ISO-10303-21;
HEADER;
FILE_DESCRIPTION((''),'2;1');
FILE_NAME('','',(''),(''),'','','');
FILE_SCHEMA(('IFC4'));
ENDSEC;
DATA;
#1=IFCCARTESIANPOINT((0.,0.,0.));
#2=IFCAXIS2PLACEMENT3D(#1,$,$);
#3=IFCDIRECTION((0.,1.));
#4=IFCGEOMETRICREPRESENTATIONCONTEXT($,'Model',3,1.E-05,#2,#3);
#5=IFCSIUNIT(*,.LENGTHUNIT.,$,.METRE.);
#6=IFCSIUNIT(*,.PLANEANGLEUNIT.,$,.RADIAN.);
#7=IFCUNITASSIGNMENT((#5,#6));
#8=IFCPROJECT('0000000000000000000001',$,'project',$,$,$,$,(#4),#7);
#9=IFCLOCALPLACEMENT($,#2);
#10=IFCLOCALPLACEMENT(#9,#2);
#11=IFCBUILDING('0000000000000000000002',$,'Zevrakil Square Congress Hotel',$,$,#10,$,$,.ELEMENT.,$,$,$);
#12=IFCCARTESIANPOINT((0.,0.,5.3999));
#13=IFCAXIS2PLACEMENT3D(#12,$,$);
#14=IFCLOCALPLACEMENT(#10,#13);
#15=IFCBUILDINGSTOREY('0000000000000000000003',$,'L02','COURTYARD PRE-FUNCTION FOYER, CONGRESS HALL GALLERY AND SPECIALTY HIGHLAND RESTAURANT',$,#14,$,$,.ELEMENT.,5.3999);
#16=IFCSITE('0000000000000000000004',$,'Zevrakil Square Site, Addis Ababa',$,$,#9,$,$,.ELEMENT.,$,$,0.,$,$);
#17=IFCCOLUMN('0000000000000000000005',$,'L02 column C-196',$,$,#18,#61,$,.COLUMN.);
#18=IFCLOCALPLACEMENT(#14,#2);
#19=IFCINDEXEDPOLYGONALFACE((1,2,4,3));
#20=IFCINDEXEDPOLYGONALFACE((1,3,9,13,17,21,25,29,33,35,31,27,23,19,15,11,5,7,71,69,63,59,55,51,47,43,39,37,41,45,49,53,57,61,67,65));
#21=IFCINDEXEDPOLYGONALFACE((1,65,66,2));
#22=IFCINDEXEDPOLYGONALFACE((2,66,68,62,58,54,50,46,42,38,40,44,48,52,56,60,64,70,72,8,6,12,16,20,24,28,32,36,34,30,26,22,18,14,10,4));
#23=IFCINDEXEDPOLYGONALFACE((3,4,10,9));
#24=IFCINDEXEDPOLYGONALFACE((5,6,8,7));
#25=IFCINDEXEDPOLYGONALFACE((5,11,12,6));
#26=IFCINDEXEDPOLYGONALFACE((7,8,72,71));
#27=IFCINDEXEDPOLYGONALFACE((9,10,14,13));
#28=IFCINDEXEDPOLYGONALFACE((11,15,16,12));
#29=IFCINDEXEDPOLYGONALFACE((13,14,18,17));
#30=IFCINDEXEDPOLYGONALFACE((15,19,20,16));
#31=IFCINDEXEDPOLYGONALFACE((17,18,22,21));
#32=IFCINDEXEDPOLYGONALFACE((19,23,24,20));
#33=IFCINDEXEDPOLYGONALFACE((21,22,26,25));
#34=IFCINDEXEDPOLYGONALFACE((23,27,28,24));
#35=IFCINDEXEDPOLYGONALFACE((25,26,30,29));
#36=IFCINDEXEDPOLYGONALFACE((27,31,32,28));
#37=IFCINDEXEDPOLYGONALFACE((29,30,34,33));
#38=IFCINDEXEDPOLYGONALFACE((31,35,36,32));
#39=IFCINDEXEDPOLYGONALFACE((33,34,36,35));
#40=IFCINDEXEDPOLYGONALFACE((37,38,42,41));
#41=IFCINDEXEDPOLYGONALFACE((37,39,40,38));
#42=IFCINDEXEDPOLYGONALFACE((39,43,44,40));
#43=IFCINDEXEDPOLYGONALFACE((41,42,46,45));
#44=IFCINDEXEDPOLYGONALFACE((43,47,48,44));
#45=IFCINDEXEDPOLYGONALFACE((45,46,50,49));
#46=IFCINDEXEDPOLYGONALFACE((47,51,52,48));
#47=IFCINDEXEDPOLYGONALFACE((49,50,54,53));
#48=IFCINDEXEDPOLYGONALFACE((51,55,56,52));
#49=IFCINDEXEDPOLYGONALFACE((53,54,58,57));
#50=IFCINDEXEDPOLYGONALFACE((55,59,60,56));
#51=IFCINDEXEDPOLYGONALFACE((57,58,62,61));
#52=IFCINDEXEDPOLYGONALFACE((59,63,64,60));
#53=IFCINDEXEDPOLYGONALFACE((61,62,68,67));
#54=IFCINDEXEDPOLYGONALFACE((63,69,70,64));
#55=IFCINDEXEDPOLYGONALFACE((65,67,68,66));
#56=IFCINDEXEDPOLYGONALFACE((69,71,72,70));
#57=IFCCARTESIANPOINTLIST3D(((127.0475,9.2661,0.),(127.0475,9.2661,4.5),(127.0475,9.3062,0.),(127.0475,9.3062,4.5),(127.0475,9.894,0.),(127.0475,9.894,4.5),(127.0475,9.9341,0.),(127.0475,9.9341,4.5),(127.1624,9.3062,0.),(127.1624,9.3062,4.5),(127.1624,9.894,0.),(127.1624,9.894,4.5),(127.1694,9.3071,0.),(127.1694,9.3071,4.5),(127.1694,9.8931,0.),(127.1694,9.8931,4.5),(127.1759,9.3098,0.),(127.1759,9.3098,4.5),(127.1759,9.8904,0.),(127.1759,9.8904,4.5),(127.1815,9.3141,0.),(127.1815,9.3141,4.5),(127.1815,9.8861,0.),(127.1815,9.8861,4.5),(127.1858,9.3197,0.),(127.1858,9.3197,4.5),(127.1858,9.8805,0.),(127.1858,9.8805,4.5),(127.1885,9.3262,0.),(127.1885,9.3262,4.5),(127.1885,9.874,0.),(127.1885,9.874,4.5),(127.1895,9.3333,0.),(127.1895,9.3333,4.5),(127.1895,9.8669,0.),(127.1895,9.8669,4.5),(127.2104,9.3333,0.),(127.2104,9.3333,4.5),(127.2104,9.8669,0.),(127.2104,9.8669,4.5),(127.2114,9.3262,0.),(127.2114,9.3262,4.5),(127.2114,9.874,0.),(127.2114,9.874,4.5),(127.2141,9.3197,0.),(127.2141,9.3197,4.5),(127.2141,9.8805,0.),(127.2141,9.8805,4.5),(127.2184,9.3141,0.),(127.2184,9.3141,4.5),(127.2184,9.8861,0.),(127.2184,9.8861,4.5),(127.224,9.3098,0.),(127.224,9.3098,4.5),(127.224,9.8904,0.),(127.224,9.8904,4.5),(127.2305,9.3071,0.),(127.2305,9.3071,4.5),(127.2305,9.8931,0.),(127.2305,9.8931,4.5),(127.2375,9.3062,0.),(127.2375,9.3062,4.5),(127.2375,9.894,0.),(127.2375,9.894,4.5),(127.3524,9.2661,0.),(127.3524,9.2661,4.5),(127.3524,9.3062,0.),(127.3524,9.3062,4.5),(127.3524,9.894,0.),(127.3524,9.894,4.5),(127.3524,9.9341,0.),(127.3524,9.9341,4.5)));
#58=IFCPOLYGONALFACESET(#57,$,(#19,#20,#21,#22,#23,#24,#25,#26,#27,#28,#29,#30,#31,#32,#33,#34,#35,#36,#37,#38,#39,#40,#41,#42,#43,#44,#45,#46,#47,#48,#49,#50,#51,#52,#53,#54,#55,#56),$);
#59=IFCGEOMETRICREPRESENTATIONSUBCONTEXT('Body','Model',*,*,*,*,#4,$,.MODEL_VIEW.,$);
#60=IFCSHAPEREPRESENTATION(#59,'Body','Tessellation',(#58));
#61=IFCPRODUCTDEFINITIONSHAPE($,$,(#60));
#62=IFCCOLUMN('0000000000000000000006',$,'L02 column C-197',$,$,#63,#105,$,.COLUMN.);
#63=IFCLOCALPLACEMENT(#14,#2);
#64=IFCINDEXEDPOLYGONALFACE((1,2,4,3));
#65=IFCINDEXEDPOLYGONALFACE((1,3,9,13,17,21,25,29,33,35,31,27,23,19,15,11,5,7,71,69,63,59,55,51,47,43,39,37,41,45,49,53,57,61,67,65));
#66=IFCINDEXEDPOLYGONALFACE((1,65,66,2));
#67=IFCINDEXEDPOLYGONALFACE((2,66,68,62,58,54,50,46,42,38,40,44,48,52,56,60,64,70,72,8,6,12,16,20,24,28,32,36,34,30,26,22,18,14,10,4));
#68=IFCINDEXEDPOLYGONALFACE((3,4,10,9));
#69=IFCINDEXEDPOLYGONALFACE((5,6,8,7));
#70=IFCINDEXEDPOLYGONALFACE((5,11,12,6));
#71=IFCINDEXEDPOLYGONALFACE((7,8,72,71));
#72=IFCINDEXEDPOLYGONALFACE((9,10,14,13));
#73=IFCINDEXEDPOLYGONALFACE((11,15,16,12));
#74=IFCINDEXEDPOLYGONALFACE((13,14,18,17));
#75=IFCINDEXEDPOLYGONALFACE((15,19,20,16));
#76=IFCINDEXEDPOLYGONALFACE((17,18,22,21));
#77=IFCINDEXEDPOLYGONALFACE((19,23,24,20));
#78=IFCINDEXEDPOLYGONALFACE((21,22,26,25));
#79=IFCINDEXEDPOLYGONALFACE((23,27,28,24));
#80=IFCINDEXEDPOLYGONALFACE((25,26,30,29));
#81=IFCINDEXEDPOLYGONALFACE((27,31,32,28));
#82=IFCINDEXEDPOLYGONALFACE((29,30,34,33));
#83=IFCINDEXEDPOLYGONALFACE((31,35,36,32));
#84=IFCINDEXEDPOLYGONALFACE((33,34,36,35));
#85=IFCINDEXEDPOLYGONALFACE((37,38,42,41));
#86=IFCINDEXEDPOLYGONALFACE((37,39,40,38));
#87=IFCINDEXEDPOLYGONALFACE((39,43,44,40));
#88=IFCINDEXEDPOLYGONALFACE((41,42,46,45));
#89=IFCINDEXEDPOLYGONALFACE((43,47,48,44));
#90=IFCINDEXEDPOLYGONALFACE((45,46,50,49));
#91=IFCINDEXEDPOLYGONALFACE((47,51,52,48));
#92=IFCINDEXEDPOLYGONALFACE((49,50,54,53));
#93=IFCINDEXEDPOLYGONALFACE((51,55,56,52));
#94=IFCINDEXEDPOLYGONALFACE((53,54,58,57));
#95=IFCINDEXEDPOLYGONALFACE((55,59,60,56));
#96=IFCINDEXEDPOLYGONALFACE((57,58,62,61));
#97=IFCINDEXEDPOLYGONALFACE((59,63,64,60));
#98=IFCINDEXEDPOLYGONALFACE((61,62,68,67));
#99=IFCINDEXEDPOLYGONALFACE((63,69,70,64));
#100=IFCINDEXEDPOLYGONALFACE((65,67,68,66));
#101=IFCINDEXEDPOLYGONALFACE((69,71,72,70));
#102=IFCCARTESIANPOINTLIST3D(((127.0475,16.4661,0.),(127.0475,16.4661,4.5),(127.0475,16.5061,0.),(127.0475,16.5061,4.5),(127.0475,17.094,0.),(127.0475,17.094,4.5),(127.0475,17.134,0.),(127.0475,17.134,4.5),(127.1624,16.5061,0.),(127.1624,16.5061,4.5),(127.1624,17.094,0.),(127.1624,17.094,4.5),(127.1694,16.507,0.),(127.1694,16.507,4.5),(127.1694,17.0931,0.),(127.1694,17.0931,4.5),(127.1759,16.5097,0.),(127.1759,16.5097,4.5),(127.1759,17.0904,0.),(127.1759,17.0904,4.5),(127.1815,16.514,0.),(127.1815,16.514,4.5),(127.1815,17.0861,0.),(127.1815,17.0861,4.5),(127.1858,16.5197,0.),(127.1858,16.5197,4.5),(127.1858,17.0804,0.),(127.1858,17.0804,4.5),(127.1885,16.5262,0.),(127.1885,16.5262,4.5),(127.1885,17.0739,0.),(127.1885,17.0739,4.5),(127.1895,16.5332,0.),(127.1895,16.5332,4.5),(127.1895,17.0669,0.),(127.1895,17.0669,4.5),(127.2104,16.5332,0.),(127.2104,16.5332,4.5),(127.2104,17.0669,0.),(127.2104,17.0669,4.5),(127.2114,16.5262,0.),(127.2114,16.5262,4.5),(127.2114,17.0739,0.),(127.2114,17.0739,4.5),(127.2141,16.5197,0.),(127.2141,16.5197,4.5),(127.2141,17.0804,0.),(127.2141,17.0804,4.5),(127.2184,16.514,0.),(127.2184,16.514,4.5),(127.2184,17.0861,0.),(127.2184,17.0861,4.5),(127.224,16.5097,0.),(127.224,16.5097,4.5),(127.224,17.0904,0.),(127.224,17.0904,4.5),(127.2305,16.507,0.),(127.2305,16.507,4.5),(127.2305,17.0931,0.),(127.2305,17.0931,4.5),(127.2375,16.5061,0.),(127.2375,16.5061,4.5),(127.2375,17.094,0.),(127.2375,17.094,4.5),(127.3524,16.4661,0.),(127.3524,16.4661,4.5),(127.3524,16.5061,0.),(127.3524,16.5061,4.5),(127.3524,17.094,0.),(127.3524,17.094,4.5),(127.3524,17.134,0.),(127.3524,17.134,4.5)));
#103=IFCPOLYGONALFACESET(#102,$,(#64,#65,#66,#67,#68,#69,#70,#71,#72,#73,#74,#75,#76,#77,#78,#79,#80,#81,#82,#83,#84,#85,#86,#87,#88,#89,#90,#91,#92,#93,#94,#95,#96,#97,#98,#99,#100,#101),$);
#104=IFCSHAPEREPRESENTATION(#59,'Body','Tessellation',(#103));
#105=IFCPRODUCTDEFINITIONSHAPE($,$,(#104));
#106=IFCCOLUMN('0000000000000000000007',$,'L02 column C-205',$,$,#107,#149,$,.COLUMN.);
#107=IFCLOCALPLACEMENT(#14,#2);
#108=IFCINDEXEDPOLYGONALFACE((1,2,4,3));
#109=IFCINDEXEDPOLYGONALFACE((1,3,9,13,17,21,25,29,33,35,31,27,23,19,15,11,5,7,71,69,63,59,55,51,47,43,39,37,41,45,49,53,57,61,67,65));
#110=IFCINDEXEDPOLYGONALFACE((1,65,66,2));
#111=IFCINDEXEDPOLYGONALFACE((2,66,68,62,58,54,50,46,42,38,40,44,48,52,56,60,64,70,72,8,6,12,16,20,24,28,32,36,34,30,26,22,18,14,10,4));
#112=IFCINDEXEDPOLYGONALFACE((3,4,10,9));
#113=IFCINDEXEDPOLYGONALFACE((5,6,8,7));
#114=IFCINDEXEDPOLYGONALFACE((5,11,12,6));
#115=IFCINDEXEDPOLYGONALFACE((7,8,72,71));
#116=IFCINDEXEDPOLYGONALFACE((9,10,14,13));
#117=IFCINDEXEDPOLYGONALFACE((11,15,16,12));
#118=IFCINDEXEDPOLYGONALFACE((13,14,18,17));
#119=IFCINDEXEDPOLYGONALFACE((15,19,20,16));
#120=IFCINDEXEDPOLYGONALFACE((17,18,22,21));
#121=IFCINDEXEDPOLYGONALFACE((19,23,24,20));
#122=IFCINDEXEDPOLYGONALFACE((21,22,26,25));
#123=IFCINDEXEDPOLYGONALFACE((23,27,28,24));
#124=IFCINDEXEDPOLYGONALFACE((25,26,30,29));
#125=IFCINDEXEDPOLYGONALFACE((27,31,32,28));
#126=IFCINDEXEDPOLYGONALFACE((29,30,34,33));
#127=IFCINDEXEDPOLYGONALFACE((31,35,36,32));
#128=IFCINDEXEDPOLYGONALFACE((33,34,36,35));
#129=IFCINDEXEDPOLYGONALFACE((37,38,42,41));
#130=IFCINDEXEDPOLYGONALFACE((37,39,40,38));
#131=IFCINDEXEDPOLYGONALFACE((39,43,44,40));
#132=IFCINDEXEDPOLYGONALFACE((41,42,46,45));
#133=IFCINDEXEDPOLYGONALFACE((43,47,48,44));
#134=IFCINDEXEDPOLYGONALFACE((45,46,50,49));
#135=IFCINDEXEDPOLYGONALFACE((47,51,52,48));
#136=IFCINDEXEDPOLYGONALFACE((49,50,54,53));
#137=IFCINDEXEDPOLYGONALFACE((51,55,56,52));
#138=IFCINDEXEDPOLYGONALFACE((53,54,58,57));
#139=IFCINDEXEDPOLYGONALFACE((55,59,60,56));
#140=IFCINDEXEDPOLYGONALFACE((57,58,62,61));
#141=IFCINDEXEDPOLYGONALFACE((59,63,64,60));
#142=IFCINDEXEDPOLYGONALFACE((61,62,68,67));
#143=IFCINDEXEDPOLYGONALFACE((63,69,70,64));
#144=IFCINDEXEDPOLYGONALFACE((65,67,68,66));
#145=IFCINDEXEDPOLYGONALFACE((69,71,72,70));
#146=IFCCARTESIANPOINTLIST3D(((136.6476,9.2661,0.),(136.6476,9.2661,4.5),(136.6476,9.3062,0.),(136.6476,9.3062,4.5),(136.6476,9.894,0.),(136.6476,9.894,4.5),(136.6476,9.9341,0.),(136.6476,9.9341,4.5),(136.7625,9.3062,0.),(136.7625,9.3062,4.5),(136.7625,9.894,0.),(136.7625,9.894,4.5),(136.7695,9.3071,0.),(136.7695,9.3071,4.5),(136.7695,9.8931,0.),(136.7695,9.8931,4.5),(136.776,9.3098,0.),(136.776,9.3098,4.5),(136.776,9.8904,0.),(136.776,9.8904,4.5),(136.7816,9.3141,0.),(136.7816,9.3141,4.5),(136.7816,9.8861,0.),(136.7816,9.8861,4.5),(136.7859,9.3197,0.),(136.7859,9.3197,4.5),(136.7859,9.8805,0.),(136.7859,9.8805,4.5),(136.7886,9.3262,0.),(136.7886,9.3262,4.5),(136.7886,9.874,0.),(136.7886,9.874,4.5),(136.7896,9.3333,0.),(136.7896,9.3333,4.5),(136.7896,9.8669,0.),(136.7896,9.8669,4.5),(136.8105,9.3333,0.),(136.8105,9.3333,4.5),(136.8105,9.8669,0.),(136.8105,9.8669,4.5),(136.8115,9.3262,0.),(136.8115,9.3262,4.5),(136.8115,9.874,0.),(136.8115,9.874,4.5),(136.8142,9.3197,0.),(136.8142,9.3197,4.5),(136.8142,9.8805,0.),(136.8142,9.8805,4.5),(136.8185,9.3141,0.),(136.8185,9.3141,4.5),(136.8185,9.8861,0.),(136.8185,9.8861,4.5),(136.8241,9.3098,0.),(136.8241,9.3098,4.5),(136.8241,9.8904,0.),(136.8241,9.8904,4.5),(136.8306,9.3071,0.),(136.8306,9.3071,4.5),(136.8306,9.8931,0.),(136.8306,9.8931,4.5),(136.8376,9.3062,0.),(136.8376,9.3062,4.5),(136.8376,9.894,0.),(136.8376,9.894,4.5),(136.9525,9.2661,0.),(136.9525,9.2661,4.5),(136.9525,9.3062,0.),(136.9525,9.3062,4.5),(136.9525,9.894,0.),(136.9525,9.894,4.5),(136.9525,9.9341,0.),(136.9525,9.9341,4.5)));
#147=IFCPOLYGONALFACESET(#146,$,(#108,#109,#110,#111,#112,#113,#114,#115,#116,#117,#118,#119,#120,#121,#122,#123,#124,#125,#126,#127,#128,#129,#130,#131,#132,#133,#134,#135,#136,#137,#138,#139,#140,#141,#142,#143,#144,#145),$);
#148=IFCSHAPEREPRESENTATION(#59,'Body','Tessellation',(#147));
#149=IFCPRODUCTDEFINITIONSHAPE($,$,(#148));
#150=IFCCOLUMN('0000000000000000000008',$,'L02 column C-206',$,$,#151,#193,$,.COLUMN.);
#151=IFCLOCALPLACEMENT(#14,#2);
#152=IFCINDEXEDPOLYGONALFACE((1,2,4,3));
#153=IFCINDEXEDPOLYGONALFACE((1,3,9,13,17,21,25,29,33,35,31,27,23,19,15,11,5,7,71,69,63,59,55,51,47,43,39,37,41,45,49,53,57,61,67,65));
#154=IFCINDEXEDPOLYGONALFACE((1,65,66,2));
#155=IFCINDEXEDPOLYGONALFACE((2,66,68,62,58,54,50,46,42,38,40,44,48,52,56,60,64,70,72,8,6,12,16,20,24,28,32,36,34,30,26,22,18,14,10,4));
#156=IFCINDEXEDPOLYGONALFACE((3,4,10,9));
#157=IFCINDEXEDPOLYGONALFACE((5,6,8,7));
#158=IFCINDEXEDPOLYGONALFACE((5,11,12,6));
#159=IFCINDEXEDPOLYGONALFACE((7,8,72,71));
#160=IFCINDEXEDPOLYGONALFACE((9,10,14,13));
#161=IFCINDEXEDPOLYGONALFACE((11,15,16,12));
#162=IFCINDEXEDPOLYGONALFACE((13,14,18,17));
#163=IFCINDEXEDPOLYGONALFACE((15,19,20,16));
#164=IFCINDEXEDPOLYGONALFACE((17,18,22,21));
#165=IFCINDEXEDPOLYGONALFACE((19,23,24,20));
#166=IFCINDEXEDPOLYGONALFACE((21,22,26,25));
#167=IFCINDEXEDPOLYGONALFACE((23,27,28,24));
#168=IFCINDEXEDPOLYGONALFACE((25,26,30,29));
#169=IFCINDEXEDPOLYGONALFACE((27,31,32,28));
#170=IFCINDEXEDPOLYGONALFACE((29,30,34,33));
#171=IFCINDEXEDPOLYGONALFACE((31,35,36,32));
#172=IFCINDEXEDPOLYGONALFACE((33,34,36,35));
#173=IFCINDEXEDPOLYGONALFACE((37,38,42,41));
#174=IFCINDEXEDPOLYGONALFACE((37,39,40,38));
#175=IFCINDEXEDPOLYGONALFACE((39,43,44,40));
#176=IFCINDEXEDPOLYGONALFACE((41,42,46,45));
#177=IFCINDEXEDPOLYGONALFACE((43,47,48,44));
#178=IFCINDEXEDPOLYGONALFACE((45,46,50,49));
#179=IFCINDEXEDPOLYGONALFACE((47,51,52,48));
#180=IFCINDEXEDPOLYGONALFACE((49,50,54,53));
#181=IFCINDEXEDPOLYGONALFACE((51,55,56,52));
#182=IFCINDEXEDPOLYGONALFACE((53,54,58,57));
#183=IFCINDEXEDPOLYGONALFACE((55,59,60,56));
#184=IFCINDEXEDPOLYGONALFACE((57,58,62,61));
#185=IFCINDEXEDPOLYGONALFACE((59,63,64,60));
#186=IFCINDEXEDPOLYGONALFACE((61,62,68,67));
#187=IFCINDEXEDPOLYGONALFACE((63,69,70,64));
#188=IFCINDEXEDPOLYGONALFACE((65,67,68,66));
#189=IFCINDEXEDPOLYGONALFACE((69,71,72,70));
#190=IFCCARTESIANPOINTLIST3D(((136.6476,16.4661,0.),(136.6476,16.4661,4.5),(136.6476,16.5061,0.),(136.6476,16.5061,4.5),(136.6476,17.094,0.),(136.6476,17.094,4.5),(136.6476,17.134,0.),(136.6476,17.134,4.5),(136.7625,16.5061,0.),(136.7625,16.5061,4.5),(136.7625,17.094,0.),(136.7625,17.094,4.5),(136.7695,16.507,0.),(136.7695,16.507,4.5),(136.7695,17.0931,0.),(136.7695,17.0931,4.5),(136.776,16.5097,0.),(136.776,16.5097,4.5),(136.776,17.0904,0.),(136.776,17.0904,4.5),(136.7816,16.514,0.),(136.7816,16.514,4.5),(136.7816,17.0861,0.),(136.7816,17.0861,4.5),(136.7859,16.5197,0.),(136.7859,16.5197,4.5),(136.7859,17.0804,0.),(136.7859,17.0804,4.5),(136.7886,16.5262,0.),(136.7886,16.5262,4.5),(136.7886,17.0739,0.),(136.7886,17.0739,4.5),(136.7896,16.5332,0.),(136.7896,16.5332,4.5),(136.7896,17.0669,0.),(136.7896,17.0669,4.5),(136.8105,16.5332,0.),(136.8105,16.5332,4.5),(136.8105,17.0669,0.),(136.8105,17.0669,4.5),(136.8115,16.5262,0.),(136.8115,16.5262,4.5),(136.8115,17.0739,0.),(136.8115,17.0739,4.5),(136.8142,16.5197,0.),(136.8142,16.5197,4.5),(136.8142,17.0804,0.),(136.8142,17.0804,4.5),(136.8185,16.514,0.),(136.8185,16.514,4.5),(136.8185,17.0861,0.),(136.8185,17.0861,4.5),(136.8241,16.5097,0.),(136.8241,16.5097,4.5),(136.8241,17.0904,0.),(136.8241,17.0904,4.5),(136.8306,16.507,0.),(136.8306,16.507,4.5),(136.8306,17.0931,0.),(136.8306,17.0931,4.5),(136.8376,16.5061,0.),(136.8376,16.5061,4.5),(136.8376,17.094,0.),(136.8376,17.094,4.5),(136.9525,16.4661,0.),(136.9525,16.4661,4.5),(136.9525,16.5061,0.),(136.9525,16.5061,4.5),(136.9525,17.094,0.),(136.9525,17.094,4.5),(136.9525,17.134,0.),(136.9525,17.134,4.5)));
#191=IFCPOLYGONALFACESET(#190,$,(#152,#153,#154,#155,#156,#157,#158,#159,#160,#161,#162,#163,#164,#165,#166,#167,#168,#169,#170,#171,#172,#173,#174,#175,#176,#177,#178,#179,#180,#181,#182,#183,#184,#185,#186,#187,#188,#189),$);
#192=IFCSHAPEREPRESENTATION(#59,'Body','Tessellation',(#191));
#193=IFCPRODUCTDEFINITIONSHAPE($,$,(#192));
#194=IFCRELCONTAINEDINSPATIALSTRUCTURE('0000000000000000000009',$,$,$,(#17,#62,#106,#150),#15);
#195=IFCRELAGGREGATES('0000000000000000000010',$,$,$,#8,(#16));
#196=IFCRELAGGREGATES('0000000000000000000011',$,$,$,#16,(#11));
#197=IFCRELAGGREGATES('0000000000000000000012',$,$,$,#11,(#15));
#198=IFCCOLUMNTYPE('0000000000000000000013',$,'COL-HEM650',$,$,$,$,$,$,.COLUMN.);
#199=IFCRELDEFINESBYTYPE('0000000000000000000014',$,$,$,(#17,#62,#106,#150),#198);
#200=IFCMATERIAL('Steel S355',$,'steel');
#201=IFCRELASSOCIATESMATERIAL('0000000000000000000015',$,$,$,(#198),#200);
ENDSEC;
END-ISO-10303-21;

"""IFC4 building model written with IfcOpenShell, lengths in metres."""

from ifc_helpers import new_model, si_unit, direction, frame, origin, origin_2d, place, context, subcontext, project, spatial, i_section, extrude, material, material_profile, profile_set, type_object, element, save


model = new_model("IFC4")

# Units and contexts
model_context = context("Model", 3, precision=1e-05, world=origin(), true_north=direction((0.0, 1.0)))
body_context = subcontext(model_context, "Body", "Model", "MODEL_VIEW")
ifc_project = project(units=[si_unit("LENGTHUNIT", "METRE"), si_unit("PLANEANGLEUNIT", "RADIAN")], contexts=[model_context])

# Site, building, storey
site_placement = place(None, origin())
site = spatial("IfcSite", under=ifc_project, at=site_placement, Name="Zevrakil Square Site, Addis Ababa", CompositionType="ELEMENT", RefElevation=0.0)
building_placement = place(site_placement, origin())
building = spatial("IfcBuilding", under=site, at=building_placement, Name="Zevrakil Square Congress Hotel", CompositionType="ELEMENT")
storey_placement = place(building_placement, frame((0.0, 0.0, 5.3999)))
storey = spatial("IfcBuildingStorey", under=building, at=storey_placement, Name="L02", Description="COURTYARD PRE-FUNCTION FOYER, CONGRESS HALL GALLERY AND SPECIALTY HIGHLAND RESTAURANT", CompositionType="ELEMENT", Elevation=5.3999)

# Columns
ifc_material_1 = material(Name="Steel S355", Category="steel")
ifc_material_profile_1 = material_profile(ifc_material_1, i_section(OverallWidth=0.3049, OverallDepth=0.668, WebThickness=0.021, FlangeThickness=0.04, FilletRadius=0.0271, at=origin_2d()), Name="HEM 650")
ifc_profile_set_1 = profile_set([ifc_material_profile_1], Name="Steel S355")
column_type = type_object("IfcColumnType", Name="COL-HEM650", PredefinedType="COLUMN", material=ifc_profile_set_1)
for number, where, z_axis, x_axis, name in (
    (1, (127.2, 9.6001, 0.0), (0.0, 0.0, 1.0), (1.0, 0.0, 0.0), "L02 column C-196"),
    (2, (127.2, 16.8, 0.0), (0.0, 0.0, 1.0), (1.0, 0.0, 0.0), "L02 column C-197"),
    (3, (136.8, 9.6001, 0.0), (0.0, 0.0, 1.0), (1.0, 0.0, 0.0), "L02 column C-205"),
    (4, (136.8, 16.8, 0.0), (0.0, 0.0, 1.0), (1.0, 0.0, 0.0), "L02 column C-206"),
):
    element("IfcColumn", number, at=place(storey_placement, frame(where, z_axis=z_axis, x_axis=x_axis)), inside=storey, type_object=column_type, Name=name, PredefinedType="COLUMN", context=body_context, shape_type="SweptSolid", body=[
        extrude(i_section(OverallWidth=0.3049, OverallDepth=0.668, WebThickness=0.021, FlangeThickness=0.04, FilletRadius=0.0271, at=origin_2d()), origin(), (0.0, 0.0, 1.0), 4.5),
    ])

save(model, "model.ifc")
